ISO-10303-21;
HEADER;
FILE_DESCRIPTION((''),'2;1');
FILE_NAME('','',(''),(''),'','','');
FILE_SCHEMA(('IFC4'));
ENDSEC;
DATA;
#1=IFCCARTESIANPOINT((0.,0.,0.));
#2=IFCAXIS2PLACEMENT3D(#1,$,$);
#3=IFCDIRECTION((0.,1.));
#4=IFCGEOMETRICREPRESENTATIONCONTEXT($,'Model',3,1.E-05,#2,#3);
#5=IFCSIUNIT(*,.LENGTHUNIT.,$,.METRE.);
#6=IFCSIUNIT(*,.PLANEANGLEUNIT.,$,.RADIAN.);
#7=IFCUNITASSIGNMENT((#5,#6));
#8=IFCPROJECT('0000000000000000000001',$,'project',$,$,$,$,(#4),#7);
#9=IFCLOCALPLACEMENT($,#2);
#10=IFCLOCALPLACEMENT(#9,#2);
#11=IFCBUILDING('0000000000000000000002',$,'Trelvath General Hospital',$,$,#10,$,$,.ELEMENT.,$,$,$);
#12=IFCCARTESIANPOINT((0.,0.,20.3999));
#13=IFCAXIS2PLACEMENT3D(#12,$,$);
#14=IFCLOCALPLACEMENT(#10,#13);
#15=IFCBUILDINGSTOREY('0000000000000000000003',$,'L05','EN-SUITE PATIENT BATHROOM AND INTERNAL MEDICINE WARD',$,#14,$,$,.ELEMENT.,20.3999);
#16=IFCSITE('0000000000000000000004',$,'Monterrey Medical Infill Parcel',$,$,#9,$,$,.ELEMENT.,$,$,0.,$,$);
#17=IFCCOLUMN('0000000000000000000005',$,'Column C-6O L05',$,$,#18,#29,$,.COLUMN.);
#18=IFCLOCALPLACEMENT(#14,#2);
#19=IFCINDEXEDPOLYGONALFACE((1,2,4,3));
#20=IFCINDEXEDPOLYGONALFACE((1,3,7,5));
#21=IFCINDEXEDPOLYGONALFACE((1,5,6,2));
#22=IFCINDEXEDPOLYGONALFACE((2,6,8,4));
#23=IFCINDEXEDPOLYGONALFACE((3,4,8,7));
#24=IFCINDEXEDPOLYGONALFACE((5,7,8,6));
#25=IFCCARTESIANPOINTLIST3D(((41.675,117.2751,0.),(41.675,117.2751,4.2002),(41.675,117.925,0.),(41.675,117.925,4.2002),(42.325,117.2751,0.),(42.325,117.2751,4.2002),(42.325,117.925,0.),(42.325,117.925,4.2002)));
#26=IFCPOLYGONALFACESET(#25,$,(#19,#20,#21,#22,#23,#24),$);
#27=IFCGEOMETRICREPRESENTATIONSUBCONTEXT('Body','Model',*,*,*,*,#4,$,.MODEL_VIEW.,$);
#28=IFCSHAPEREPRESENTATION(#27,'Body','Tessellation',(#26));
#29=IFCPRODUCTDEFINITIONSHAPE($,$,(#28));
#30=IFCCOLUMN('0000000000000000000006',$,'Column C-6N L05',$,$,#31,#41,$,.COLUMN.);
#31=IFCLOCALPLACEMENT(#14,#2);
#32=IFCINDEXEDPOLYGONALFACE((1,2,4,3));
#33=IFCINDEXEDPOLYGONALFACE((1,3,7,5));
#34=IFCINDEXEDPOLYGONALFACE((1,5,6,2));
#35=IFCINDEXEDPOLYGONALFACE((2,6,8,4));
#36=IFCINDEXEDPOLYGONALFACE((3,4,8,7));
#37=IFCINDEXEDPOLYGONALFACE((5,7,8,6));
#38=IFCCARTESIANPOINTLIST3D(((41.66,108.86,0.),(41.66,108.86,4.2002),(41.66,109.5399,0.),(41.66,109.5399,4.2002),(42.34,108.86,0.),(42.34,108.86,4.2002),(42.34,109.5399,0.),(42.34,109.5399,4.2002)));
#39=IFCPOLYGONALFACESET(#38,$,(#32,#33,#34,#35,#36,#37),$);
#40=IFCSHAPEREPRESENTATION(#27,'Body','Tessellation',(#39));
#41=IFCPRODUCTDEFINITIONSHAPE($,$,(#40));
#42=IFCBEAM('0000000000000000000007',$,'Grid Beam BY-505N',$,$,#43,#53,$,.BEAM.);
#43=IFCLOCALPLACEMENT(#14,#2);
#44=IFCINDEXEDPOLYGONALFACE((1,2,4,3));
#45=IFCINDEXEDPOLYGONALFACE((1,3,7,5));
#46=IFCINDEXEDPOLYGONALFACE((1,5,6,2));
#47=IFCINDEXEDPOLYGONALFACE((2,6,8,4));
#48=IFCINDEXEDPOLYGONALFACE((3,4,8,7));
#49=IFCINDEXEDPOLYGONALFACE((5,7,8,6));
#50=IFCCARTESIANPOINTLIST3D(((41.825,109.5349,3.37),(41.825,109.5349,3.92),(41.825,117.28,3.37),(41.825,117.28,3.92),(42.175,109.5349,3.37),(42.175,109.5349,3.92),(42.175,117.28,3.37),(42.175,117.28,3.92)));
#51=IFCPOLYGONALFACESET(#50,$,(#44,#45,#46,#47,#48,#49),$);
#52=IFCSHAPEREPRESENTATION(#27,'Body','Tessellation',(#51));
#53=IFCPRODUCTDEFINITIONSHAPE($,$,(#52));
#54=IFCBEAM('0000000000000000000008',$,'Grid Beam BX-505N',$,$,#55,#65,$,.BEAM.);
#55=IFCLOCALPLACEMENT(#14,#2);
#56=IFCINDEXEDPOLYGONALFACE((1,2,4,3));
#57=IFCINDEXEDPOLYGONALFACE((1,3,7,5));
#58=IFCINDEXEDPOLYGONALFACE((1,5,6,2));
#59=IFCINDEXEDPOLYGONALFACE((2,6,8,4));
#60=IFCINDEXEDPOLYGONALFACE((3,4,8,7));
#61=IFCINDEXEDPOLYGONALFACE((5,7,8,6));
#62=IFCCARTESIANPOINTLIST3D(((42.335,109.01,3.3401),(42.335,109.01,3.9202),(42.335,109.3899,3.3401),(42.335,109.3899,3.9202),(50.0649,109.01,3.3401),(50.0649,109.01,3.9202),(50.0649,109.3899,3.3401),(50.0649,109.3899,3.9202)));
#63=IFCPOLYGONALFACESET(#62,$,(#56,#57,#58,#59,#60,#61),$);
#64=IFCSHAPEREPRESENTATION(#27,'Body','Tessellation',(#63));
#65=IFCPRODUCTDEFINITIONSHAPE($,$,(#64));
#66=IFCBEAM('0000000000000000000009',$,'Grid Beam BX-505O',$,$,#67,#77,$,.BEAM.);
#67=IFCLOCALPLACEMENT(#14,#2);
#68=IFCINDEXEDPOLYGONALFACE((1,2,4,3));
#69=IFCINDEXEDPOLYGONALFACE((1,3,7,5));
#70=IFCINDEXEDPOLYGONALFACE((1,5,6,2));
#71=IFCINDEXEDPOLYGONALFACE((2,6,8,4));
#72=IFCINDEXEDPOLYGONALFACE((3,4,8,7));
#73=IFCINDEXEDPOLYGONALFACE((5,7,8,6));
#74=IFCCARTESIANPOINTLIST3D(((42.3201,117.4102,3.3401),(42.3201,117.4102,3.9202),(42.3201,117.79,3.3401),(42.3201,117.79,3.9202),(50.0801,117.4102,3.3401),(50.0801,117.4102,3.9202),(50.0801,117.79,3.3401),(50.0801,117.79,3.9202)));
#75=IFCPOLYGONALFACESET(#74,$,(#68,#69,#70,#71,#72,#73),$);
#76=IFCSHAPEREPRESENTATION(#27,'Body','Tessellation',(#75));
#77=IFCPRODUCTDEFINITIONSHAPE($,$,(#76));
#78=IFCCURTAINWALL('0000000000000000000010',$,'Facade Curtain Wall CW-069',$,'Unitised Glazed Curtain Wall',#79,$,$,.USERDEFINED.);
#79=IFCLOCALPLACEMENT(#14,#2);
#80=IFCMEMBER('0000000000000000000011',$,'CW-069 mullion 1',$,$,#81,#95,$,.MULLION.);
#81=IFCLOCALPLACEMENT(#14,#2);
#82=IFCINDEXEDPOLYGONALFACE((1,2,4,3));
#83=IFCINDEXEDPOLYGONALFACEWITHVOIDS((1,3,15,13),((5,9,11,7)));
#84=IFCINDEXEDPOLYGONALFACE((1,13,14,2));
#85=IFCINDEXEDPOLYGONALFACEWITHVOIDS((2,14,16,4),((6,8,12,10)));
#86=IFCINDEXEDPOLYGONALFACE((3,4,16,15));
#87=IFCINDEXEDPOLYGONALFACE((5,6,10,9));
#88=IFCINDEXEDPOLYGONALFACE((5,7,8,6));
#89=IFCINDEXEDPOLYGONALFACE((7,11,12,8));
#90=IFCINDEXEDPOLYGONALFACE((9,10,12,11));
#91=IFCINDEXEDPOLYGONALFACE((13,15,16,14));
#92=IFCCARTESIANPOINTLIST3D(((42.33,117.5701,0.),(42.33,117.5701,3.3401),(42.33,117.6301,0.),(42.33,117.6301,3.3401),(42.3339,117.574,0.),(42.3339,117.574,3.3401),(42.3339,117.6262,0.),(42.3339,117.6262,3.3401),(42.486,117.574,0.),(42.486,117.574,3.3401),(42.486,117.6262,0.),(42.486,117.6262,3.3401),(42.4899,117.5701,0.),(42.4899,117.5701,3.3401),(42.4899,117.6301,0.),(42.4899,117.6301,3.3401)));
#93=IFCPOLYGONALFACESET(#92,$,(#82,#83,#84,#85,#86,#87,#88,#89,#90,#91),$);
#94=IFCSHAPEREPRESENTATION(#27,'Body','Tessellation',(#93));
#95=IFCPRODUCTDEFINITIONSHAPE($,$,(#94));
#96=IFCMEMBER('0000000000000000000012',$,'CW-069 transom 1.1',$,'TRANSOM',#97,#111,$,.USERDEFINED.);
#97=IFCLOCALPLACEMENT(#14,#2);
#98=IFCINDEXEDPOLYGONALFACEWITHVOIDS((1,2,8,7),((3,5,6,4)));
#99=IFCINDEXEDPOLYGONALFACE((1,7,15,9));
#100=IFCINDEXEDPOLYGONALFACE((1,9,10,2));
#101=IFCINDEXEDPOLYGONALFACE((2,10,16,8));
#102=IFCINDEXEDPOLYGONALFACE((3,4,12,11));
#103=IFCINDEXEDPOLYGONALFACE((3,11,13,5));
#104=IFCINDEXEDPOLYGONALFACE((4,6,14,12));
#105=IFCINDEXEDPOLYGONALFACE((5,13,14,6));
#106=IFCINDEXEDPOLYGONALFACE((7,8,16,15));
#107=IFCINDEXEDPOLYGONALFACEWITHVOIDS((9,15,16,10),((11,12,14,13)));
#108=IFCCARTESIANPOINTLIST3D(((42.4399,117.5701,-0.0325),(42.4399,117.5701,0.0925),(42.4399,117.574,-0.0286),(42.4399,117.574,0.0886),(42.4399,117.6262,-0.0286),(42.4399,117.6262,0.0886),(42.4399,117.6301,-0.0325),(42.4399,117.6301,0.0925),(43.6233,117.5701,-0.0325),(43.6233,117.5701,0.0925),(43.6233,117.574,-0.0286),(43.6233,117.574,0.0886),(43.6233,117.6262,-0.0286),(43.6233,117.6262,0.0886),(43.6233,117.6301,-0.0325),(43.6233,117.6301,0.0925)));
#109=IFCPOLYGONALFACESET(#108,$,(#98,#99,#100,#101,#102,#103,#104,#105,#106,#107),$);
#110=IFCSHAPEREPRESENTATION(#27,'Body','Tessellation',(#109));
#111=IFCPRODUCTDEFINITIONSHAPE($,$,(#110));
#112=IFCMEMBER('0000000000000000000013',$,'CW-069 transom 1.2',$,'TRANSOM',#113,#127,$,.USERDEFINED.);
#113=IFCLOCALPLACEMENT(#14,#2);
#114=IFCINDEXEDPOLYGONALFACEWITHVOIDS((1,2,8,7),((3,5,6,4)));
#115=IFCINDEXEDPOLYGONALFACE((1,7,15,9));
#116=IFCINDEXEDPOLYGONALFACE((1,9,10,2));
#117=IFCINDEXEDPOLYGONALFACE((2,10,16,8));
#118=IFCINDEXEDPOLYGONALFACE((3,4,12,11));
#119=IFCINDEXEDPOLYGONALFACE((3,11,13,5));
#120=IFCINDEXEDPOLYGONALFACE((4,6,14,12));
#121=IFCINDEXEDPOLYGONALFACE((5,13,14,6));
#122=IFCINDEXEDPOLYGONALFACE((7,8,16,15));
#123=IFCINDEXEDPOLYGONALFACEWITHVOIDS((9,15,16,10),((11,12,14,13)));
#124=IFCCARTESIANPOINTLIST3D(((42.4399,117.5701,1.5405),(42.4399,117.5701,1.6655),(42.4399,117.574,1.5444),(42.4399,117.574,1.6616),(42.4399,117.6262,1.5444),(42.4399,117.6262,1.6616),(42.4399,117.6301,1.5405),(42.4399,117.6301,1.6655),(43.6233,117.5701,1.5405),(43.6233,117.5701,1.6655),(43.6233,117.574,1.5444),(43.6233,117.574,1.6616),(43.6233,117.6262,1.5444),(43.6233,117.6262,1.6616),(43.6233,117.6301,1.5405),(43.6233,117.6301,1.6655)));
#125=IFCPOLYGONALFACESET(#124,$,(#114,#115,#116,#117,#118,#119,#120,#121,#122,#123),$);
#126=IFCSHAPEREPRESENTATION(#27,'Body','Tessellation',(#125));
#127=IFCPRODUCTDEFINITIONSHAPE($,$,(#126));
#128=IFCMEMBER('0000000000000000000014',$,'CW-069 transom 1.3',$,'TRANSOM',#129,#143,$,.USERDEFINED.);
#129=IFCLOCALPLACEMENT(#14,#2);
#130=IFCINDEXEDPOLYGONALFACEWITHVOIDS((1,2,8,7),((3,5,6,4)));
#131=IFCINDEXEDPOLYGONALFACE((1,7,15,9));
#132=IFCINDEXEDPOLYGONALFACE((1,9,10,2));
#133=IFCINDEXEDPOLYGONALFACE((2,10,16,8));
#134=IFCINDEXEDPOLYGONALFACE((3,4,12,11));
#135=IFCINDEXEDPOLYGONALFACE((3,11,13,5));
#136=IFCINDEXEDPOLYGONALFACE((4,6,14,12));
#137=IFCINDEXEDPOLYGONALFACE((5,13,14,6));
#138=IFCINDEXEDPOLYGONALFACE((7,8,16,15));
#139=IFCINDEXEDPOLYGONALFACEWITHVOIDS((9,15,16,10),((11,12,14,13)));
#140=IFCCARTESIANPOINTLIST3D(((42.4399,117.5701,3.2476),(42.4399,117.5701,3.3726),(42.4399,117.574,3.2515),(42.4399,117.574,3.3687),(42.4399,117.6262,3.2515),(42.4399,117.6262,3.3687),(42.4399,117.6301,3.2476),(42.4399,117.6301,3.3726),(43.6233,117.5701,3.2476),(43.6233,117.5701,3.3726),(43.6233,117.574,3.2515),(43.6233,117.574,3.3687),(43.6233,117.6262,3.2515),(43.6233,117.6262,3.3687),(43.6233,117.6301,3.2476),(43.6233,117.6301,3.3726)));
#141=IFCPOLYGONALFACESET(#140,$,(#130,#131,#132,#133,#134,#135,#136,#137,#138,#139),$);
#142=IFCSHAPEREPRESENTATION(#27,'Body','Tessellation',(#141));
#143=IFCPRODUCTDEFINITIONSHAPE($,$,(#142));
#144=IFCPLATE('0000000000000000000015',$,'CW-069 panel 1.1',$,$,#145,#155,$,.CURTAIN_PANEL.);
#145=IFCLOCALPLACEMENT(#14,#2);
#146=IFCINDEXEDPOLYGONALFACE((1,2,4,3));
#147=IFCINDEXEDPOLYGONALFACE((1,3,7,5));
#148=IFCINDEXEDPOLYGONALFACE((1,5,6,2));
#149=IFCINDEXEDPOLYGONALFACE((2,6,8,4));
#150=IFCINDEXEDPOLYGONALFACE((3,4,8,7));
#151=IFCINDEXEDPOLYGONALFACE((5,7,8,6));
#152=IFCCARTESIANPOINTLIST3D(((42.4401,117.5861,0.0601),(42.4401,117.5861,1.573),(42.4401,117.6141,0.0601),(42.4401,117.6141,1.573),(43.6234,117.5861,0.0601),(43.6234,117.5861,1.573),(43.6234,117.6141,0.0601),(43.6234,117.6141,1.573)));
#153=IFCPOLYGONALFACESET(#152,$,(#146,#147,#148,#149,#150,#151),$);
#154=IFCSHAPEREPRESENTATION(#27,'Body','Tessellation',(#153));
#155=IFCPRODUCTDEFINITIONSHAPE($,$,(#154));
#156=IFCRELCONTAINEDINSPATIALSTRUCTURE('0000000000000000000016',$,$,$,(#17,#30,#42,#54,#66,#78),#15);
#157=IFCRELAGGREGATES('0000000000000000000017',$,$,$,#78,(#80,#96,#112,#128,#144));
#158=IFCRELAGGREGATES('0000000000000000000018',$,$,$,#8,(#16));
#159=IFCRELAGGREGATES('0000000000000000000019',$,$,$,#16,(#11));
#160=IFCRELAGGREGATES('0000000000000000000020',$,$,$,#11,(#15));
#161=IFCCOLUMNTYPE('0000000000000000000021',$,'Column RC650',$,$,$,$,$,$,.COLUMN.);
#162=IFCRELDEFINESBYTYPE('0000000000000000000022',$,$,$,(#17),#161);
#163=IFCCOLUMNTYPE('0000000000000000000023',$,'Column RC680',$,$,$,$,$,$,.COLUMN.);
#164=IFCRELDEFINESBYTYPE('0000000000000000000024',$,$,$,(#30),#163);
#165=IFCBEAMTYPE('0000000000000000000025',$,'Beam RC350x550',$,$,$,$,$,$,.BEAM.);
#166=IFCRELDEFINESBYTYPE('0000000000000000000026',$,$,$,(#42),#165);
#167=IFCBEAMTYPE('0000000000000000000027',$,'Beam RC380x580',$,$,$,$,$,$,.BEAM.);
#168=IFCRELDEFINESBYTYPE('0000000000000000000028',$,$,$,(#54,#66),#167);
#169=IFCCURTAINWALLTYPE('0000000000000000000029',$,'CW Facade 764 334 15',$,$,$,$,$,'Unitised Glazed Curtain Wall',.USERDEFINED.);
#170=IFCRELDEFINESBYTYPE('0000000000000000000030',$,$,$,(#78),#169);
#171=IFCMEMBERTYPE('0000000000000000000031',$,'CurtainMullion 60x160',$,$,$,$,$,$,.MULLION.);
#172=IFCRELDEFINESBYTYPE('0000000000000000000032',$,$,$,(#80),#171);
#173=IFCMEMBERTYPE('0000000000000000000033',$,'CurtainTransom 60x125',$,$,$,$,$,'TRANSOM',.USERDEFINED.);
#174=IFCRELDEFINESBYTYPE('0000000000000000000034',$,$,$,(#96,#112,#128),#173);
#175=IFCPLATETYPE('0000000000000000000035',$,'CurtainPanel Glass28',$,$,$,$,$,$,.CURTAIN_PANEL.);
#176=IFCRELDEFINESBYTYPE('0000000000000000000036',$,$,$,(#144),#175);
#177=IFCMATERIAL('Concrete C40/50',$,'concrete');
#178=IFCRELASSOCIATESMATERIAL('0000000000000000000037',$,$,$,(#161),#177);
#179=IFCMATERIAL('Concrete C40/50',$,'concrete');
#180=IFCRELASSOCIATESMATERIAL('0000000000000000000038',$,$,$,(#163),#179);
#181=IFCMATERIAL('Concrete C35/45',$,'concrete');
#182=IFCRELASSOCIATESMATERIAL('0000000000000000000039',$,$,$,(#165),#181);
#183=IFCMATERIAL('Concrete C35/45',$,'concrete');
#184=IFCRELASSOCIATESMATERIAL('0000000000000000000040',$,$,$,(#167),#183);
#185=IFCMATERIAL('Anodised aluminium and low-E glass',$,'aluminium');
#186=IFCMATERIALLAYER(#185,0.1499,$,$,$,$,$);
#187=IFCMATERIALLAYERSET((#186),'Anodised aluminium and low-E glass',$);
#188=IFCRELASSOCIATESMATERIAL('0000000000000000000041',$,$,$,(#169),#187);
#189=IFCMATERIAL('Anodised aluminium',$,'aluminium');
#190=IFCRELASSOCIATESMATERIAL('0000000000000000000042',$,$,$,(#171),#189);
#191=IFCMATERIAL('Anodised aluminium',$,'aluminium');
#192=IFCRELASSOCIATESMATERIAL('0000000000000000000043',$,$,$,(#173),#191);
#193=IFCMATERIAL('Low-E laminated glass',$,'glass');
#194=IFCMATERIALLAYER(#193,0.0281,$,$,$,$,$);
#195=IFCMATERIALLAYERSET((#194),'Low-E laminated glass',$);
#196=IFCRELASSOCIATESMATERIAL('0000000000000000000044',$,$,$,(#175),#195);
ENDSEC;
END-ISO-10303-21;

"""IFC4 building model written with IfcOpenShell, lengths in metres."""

from ifc_helpers import new_model, si_unit, direction, frame, origin, origin_2d, place, context, subcontext, project, spatial, rectangle, hollow_rectangle, extrude, material, layer, layer_set, material_profile, profile_set, type_object, element, aggregate, save


model = new_model("IFC4")

# Units and contexts
model_context = context("Model", 3, precision=1e-05, world=origin(), true_north=direction((0.0, 1.0)))
body_context = subcontext(model_context, "Body", "Model", "MODEL_VIEW")
ifc_project = project(units=[si_unit("LENGTHUNIT", "METRE"), si_unit("PLANEANGLEUNIT", "RADIAN")], contexts=[model_context])

# Site, building, storey
site_placement = place(None, origin())
site = spatial("IfcSite", under=ifc_project, at=site_placement, Name="Monterrey Medical Infill Parcel", CompositionType="ELEMENT", RefElevation=0.0)
building_placement = place(site_placement, origin())
building = spatial("IfcBuilding", under=site, at=building_placement, Name="Trelvath General Hospital", CompositionType="ELEMENT")
storey_placement = place(building_placement, frame((0.0, 0.0, 20.3999)))
storey = spatial("IfcBuildingStorey", under=building, at=storey_placement, Name="L05", Description="EN-SUITE PATIENT BATHROOM AND INTERNAL MEDICINE WARD", CompositionType="ELEMENT", Elevation=20.3999)

# Columns
ifc_material_1 = material(Name="Concrete C40/50", Category="concrete")
ifc_material_profile_1 = material_profile(ifc_material_1, rectangle(XDim=0.6499, YDim=0.6499, at=origin_2d()), Name="RC650x650")
ifc_profile_set_1 = profile_set([ifc_material_profile_1], Name="Concrete C40/50")
column_type_1 = type_object("IfcColumnType", Name="Column RC650", PredefinedType="COLUMN", material=ifc_profile_set_1)
column_1_placement = place(storey_placement, frame((42.0, 117.6001, 0.0), z_axis=(0.0, 0.0, 1.0), x_axis=(1.0, 0.0, 0.0)))
element("IfcColumn", 1, at=column_1_placement, inside=storey, type_object=column_type_1, Name="Column C-6O L05", PredefinedType="COLUMN", context=body_context, shape_type="SweptSolid", body=[
    extrude(rectangle(XDim=0.6499, YDim=0.6499, at=origin_2d()), origin(), (0.0, 0.0, 1.0), 4.2002),
])
ifc_material_2 = material(Name="Concrete C40/50", Category="concrete")
ifc_material_profile_2 = material_profile(ifc_material_2, rectangle(XDim=0.6799, YDim=0.6799, at=origin_2d()), Name="RC680x680")
ifc_profile_set_2 = profile_set([ifc_material_profile_2], Name="Concrete C40/50")
column_type_2 = type_object("IfcColumnType", Name="Column RC680", PredefinedType="COLUMN", material=ifc_profile_set_2)
column_2_placement = place(storey_placement, frame((42.0, 109.2, 0.0), z_axis=(0.0, 0.0, 1.0), x_axis=(1.0, 0.0, 0.0)))
element("IfcColumn", 2, at=column_2_placement, inside=storey, type_object=column_type_2, Name="Column C-6N L05", PredefinedType="COLUMN", context=body_context, shape_type="SweptSolid", body=[
    extrude(rectangle(XDim=0.6799, YDim=0.6799, at=origin_2d()), origin(), (0.0, 0.0, 1.0), 4.2002),
])

# Beams
ifc_material_3 = material(Name="Concrete C35/45", Category="concrete")
ifc_material_profile_3 = material_profile(ifc_material_3, rectangle(XDim=0.3501, YDim=0.55, at=origin_2d()), Name="RCB350x550")
ifc_profile_set_3 = profile_set([ifc_material_profile_3], Name="Concrete C35/45")
beam_type_1 = type_object("IfcBeamType", Name="Beam RC350x550", PredefinedType="BEAM", material=ifc_profile_set_3)
beam_1_placement = place(storey_placement, frame((42.0, 109.5349, 3.645), z_axis=(0.0, 1.0, 0.0), x_axis=(-1.0, 0.0, 0.0)))
element("IfcBeam", 3, at=beam_1_placement, inside=storey, type_object=beam_type_1, Name="Grid Beam BY-505N", PredefinedType="BEAM", context=body_context, shape_type="SweptSolid", body=[
    extrude(rectangle(XDim=0.3501, YDim=0.55, at=origin_2d()), origin(), (0.0, 0.0, 1.0), 7.7451),
])
ifc_material_4 = material(Name="Concrete C35/45", Category="concrete")
ifc_material_profile_4 = material_profile(ifc_material_4, rectangle(XDim=0.3799, YDim=0.5801, at=origin_2d()), Name="RCB380x580")
ifc_profile_set_4 = profile_set([ifc_material_profile_4], Name="Concrete C35/45")
beam_type_2 = type_object("IfcBeamType", Name="Beam RC380x580", PredefinedType="BEAM", material=ifc_profile_set_4)
beam_2_placement = place(storey_placement, frame((42.335, 109.2, 3.6301), z_axis=(1.0, 0.0, 0.0), x_axis=(0.0, 1.0, 0.0)))
element("IfcBeam", 4, at=beam_2_placement, inside=storey, type_object=beam_type_2, Name="Grid Beam BX-505N", PredefinedType="BEAM", context=body_context, shape_type="SweptSolid", body=[
    extrude(rectangle(XDim=0.3799, YDim=0.5801, at=origin_2d()), origin(), (0.0, 0.0, 1.0), 7.73),
])
beam_3_placement = place(storey_placement, frame((42.3201, 117.6001, 3.6301), z_axis=(1.0, 0.0, 0.0), x_axis=(0.0, 1.0, 0.0)))
element("IfcBeam", 5, at=beam_3_placement, inside=storey, type_object=beam_type_2, Name="Grid Beam BX-505O", PredefinedType="BEAM", context=body_context, shape_type="SweptSolid", body=[
    extrude(rectangle(XDim=0.3799, YDim=0.5801, at=origin_2d()), origin(), (0.0, 0.0, 1.0), 7.76),
])

# Curtain wall, members, plate
ifc_material_5 = material(Name="Anodised aluminium and low-E glass", Category="aluminium")
ifc_layer_1 = layer(ifc_material_5, 0.1499)
ifc_layer_set_1 = layer_set([ifc_layer_1], Name="Anodised aluminium and low-E glass")
curtain_wall_type = type_object("IfcCurtainWallType", Name="CW Facade 764 334 15", ElementType="Unitised Glazed Curtain Wall", PredefinedType="USERDEFINED", material=ifc_layer_set_1)
curtain_wall_placement = place(storey_placement, origin())
curtain_wall = element("IfcCurtainWall", 6, at=curtain_wall_placement, inside=storey, type_object=curtain_wall_type, Name="Facade Curtain Wall CW-069", ObjectType="Unitised Glazed Curtain Wall", PredefinedType="USERDEFINED")
ifc_material_6 = material(Name="Anodised aluminium", Category="aluminium")
ifc_material_profile_5 = material_profile(ifc_material_6, hollow_rectangle(XDim=0.0601, YDim=0.1599, WallThickness=0.0039, at=origin_2d()), Name="RHS60x160x4")
ifc_profile_set_5 = profile_set([ifc_material_profile_5], Name="Anodised aluminium")
member_type_1 = type_object("IfcMemberType", Name="CurtainMullion 60x160", PredefinedType="MULLION", material=ifc_profile_set_5)
member_1_placement = place(storey_placement, frame((42.4099, 117.6001, 0.0), z_axis=(0.0, 0.0, 1.0), x_axis=(0.0, 1.0, 0.0)))
member_1 = element("IfcMember", 7, at=member_1_placement, type_object=member_type_1, Name="CW-069 mullion 1", PredefinedType="MULLION", context=body_context, shape_type="SweptSolid", body=[
    extrude(hollow_rectangle(XDim=0.0601, YDim=0.1599, WallThickness=0.0039, at=origin_2d()), origin(), (0.0, 0.0, 1.0), 3.3401),
])
ifc_material_7 = material(Name="Anodised aluminium", Category="aluminium")
ifc_material_profile_6 = material_profile(ifc_material_7, hollow_rectangle(XDim=0.0601, YDim=0.125, WallThickness=0.0039, at=origin_2d()), Name="RHS60x125x4")
ifc_profile_set_6 = profile_set([ifc_material_profile_6], Name="Anodised aluminium")
member_type_2 = type_object("IfcMemberType", Name="CurtainTransom 60x125", ElementType="TRANSOM", PredefinedType="USERDEFINED", material=ifc_profile_set_6)
member_2_placement = place(storey_placement, frame((42.4399, 117.6001, 0.03), z_axis=(1.0, 0.0, 0.0), x_axis=(0.0, 1.0, 0.0)))
member_2 = element("IfcMember", 8, at=member_2_placement, type_object=member_type_2, Name="CW-069 transom 1.1", ObjectType="TRANSOM", PredefinedType="USERDEFINED", context=body_context, shape_type="SweptSolid", body=[
    extrude(hollow_rectangle(XDim=0.0601, YDim=0.125, WallThickness=0.0039, at=origin_2d()), origin(), (0.0, 0.0, 1.0), 1.1833),
])
member_3_placement = place(storey_placement, frame((42.4399, 117.6001, 1.603), z_axis=(1.0, 0.0, 0.0), x_axis=(0.0, 1.0, 0.0)))
member_3 = element("IfcMember", 9, at=member_3_placement, type_object=member_type_2, Name="CW-069 transom 1.2", ObjectType="TRANSOM", PredefinedType="USERDEFINED", context=body_context, shape_type="SweptSolid", body=[
    extrude(hollow_rectangle(XDim=0.0601, YDim=0.125, WallThickness=0.0039, at=origin_2d()), origin(), (0.0, 0.0, 1.0), 1.1833),
])
member_4_placement = place(storey_placement, frame((42.4399, 117.6001, 3.3101), z_axis=(1.0, 0.0, 0.0), x_axis=(0.0, 1.0, 0.0)))
member_4 = element("IfcMember", 10, at=member_4_placement, type_object=member_type_2, Name="CW-069 transom 1.3", ObjectType="TRANSOM", PredefinedType="USERDEFINED", context=body_context, shape_type="SweptSolid", body=[
    extrude(hollow_rectangle(XDim=0.0601, YDim=0.125, WallThickness=0.0039, at=origin_2d()), origin(), (0.0, 0.0, 1.0), 1.1833),
])
ifc_material_8 = material(Name="Low-E laminated glass", Category="glass")
ifc_layer_2 = layer(ifc_material_8, 0.0281)
ifc_layer_set_2 = layer_set([ifc_layer_2], Name="Low-E laminated glass")
plate_type = type_object("IfcPlateType", Name="CurtainPanel Glass28", PredefinedType="CURTAIN_PANEL", material=ifc_layer_set_2)
plate_placement = place(storey_placement, frame((43.0317, 117.6001, 0.0601), z_axis=(0.0, 0.0, 1.0), x_axis=(1.0, 0.0, 0.0)))
plate = element("IfcPlate", 11, at=plate_placement, type_object=plate_type, Name="CW-069 panel 1.1", PredefinedType="CURTAIN_PANEL", context=body_context, shape_type="SweptSolid", body=[
    extrude(rectangle(XDim=1.1833, YDim=0.0281, at=origin_2d()), origin(), (0.0, 0.0, 1.0), 1.5129),
])
aggregate(curtain_wall, [member_1, member_2, member_3, member_4, plate])

save(model, "model.ifc")
